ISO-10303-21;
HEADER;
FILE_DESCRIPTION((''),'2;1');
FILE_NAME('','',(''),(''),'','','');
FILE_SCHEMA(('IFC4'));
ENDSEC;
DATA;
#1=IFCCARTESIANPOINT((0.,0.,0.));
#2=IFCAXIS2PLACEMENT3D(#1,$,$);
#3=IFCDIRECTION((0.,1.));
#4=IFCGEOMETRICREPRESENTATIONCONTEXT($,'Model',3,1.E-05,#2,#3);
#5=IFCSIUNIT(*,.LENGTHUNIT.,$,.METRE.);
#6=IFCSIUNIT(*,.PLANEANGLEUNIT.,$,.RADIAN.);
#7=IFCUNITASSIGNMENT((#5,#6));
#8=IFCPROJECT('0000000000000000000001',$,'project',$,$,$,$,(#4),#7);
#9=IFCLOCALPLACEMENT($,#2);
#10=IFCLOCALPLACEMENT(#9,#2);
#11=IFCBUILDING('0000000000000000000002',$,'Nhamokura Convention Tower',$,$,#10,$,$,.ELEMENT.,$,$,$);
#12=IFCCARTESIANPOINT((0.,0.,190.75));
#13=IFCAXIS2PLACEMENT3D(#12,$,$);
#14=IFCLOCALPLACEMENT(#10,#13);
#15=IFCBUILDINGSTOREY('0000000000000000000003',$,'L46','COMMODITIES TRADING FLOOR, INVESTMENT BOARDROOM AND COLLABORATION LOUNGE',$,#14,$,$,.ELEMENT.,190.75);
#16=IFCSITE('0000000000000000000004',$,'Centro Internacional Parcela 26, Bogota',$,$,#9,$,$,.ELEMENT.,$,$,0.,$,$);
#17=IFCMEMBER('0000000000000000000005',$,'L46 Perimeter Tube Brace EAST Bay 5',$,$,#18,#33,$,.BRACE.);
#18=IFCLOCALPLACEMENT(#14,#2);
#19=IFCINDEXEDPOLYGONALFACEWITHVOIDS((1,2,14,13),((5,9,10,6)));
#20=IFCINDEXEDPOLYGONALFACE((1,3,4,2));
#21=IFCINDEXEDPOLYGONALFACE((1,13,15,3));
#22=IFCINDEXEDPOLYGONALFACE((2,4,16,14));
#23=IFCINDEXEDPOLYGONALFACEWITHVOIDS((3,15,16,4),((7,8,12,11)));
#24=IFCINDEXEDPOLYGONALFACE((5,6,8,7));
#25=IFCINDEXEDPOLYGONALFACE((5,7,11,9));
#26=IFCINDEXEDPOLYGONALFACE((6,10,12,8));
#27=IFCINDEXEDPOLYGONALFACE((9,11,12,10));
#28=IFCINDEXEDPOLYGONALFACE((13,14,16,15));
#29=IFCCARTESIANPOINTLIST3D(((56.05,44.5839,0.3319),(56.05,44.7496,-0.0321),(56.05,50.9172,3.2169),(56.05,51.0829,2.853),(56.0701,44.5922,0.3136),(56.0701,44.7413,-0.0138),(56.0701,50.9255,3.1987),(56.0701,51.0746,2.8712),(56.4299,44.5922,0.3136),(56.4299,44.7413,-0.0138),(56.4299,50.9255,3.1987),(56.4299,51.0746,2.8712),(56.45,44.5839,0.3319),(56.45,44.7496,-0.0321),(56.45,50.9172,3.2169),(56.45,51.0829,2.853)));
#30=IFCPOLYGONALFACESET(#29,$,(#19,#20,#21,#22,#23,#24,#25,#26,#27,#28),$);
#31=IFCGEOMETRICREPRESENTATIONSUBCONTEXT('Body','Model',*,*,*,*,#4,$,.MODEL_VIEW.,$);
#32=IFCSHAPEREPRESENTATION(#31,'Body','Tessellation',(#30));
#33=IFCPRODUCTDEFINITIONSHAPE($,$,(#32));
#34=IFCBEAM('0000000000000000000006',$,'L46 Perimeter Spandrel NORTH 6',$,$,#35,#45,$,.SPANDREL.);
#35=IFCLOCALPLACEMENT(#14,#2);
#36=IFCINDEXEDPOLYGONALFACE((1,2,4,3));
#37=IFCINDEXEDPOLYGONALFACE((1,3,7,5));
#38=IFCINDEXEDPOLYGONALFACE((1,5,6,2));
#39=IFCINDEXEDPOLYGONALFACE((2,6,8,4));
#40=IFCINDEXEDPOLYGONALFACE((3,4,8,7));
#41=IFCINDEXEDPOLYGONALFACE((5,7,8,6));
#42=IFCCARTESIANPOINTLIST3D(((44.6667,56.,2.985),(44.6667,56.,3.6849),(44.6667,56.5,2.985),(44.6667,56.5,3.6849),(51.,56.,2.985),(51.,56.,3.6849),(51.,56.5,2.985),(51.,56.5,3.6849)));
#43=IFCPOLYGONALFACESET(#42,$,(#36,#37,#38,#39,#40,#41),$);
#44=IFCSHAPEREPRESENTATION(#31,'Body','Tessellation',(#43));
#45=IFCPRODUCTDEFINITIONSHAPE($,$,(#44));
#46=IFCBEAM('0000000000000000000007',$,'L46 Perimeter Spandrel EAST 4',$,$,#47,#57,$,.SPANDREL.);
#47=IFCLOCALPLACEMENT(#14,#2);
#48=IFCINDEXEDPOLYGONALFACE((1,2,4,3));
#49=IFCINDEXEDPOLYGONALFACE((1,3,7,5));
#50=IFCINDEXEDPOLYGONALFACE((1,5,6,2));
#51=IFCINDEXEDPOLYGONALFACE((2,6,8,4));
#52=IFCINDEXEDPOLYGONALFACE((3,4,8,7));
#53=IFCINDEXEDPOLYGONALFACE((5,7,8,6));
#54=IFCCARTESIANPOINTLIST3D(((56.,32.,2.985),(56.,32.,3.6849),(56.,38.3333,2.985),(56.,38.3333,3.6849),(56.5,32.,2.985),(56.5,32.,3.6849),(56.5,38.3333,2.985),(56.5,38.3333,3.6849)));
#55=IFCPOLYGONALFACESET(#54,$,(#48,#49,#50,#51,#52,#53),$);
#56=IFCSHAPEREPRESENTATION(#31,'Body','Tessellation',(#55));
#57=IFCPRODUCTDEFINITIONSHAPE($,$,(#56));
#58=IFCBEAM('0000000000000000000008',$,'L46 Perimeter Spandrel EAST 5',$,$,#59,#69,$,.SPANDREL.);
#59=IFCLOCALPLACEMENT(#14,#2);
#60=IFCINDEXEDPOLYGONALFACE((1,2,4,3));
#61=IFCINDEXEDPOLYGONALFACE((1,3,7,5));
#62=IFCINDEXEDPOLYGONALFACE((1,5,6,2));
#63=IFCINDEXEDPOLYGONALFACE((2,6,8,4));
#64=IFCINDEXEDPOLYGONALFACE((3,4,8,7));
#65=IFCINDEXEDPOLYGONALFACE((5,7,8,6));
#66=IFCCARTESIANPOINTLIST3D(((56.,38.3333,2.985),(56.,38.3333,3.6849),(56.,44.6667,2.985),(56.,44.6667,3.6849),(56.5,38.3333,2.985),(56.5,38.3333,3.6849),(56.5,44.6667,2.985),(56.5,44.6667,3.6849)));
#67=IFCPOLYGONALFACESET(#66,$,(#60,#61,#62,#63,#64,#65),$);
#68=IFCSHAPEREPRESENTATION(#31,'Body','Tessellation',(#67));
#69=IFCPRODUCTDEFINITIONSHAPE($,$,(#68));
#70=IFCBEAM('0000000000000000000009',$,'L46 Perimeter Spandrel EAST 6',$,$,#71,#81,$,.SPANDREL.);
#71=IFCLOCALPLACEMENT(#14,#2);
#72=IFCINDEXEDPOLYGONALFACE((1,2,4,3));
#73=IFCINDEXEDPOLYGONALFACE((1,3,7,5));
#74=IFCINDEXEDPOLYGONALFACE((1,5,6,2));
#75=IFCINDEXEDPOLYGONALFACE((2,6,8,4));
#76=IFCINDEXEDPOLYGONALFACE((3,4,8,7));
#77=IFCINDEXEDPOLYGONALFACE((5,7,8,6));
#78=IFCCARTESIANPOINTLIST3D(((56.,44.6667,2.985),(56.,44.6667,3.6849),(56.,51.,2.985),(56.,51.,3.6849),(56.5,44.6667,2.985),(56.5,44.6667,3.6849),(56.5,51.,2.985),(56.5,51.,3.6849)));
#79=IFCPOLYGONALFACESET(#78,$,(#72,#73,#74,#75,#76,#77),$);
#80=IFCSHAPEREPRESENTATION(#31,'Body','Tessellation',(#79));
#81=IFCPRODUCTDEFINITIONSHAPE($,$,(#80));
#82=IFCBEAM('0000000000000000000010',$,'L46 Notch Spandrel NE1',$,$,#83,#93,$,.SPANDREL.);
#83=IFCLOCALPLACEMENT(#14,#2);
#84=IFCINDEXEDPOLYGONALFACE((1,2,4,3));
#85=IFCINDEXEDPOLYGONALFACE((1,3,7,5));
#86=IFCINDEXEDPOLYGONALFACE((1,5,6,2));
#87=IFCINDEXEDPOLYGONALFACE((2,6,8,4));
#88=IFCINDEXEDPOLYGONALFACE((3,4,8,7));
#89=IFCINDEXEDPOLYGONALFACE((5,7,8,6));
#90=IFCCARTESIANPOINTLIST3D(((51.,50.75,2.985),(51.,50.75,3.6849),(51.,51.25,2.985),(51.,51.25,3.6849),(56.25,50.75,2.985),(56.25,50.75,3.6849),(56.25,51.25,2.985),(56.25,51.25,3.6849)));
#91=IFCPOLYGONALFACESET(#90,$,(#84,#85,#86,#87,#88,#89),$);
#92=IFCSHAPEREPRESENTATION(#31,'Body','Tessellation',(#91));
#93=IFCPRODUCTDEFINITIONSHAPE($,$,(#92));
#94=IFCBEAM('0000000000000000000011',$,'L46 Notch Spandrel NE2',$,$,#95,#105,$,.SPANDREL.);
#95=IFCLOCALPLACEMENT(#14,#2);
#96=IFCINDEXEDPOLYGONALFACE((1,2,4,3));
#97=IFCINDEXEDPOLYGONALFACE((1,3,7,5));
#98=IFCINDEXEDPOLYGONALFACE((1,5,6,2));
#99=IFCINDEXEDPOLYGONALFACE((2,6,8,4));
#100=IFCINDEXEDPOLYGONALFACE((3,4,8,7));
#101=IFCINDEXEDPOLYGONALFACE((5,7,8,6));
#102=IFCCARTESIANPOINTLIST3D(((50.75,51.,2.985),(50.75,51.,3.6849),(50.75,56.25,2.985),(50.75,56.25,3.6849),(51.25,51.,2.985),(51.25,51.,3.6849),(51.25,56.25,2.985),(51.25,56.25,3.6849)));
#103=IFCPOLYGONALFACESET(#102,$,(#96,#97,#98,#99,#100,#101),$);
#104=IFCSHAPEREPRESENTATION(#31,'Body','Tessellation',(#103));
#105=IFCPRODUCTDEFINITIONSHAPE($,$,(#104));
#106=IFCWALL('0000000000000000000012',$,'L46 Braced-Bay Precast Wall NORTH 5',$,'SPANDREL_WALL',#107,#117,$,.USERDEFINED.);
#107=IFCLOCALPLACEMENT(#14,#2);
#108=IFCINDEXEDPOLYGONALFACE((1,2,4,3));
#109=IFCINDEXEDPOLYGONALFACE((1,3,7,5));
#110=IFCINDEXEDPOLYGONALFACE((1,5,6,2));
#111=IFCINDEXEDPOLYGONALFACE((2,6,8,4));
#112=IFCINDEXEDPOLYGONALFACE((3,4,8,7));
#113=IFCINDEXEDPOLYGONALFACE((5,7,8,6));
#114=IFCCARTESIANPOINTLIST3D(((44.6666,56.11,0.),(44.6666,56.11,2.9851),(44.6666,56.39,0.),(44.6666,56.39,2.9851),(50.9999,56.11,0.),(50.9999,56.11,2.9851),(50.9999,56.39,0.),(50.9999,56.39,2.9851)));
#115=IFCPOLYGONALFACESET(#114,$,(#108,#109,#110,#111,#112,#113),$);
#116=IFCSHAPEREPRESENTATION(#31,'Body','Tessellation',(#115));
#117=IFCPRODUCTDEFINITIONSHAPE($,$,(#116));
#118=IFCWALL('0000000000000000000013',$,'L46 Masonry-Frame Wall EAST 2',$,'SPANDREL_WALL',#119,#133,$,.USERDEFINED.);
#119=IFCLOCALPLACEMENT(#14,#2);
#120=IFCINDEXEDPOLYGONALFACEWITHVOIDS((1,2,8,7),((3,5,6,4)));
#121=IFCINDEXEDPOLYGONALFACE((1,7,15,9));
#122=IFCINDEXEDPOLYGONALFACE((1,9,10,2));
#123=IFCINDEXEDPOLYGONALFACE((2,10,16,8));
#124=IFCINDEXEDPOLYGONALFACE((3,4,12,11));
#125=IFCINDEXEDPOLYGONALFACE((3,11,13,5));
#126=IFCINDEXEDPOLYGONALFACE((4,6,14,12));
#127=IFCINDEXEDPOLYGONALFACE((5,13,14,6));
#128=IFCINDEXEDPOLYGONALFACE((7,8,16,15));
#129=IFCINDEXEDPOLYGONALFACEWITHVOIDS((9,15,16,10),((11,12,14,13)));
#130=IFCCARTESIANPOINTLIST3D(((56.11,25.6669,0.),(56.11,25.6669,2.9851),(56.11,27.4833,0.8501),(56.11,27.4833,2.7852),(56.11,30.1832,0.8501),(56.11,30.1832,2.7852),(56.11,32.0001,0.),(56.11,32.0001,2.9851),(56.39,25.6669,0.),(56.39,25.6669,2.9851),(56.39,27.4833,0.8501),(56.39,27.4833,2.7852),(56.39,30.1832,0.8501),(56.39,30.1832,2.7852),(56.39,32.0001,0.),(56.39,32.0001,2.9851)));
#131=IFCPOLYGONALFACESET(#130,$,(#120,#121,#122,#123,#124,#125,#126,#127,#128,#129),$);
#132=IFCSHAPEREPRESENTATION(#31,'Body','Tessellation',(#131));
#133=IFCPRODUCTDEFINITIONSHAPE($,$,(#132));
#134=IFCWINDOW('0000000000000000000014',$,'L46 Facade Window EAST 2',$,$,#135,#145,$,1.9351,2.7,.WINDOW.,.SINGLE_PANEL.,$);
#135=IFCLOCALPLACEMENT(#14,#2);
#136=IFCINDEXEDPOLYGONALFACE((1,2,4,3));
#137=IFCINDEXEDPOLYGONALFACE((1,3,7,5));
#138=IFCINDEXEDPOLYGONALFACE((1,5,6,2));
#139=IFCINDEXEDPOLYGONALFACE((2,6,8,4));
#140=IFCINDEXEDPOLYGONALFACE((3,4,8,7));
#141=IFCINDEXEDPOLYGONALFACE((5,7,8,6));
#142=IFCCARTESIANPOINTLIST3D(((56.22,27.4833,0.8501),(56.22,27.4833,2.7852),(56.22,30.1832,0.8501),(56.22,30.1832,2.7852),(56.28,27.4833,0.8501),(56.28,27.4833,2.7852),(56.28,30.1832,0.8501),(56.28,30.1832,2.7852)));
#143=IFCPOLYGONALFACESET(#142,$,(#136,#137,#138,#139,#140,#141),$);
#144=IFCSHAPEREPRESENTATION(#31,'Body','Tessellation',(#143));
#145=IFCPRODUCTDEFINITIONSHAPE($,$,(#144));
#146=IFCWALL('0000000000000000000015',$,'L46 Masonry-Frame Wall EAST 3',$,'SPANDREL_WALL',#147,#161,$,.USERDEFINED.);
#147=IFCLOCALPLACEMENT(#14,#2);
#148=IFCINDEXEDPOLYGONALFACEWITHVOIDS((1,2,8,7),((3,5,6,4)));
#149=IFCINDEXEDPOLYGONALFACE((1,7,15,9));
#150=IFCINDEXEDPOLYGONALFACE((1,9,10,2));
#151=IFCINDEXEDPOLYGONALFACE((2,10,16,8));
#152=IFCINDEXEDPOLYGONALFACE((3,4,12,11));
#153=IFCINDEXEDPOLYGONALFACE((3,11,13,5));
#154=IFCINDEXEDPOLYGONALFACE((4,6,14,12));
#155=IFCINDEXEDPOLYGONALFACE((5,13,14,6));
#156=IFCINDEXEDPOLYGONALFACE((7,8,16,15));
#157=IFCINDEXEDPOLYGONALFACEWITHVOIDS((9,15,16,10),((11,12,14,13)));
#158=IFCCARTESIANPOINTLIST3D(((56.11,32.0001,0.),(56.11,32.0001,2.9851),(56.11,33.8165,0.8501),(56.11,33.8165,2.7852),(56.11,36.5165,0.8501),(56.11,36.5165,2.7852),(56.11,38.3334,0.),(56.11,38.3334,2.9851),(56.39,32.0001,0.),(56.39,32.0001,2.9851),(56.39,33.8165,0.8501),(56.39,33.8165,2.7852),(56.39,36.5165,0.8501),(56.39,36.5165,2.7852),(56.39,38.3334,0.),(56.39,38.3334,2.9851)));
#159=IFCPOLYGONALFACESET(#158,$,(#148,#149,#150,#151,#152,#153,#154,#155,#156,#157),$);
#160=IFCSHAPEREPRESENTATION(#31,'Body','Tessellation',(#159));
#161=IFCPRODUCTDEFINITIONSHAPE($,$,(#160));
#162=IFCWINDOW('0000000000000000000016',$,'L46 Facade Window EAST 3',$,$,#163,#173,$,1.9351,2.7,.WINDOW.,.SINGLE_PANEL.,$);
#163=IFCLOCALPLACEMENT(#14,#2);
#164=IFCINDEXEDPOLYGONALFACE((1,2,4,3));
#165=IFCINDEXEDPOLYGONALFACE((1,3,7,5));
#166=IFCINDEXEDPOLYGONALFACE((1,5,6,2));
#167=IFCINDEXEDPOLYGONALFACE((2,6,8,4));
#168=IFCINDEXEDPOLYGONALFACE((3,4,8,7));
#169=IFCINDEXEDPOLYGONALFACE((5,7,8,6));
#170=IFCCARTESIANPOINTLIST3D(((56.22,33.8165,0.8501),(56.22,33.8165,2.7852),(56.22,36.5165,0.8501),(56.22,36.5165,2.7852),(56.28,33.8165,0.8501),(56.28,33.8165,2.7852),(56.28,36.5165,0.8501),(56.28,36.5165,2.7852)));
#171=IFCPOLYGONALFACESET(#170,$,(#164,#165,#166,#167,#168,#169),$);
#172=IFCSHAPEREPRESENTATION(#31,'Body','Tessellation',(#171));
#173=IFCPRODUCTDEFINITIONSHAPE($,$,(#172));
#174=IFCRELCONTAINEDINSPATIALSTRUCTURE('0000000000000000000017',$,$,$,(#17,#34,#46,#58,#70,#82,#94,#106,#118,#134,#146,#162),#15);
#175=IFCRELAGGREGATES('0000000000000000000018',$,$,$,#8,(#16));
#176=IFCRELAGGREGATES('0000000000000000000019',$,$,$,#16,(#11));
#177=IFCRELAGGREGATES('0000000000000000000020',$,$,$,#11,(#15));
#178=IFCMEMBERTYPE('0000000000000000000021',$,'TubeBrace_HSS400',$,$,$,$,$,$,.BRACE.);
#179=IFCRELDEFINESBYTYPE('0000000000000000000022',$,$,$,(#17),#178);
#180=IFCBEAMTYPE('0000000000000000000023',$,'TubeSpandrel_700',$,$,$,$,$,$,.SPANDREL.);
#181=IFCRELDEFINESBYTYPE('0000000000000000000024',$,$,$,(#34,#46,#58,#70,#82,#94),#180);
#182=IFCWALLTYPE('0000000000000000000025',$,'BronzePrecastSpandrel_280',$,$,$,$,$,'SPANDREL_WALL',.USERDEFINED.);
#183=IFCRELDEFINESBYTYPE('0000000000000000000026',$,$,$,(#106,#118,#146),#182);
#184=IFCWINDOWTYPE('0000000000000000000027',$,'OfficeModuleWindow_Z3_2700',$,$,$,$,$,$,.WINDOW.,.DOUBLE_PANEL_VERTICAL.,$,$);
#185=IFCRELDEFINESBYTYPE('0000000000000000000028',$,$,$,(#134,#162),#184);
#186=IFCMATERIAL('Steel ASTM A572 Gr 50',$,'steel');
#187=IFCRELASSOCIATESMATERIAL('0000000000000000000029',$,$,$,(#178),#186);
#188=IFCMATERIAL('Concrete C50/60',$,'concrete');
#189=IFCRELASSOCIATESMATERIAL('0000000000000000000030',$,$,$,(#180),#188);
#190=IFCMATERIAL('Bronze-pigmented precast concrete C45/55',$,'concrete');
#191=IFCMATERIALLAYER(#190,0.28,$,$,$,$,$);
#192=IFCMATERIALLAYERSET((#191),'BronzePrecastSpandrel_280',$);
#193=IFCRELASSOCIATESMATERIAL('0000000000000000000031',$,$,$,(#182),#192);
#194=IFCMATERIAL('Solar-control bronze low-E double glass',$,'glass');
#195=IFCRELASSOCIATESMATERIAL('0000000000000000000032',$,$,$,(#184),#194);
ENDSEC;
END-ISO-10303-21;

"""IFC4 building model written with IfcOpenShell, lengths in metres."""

from ifc_helpers import new_model, si_unit, direction, frame, frame_2d, origin, origin_2d, place, context, subcontext, project, spatial, rectangle, hollow_rectangle, extrude, material, layer, layer_set, material_profile, profile_set, type_object, element, fill, save


model = new_model("IFC4")

# Units and contexts
model_context = context("Model", 3, precision=1e-05, world=origin(), true_north=direction((0.0, 1.0)))
body_context = subcontext(model_context, "Body", "Model", "MODEL_VIEW")
ifc_project = project(units=[si_unit("LENGTHUNIT", "METRE"), si_unit("PLANEANGLEUNIT", "RADIAN")], contexts=[model_context])

# Site, building, storey
site_placement = place(None, origin())
site = spatial("IfcSite", under=ifc_project, at=site_placement, Name="Centro Internacional Parcela 26, Bogota", CompositionType="ELEMENT", RefElevation=0.0)
building_placement = place(site_placement, origin())
building = spatial("IfcBuilding", under=site, at=building_placement, Name="Nhamokura Convention Tower", CompositionType="ELEMENT")
storey_placement = place(building_placement, frame((0.0, 0.0, 190.75)))
storey = spatial("IfcBuildingStorey", under=building, at=storey_placement, Name="L46", Description="COMMODITIES TRADING FLOOR, INVESTMENT BOARDROOM AND COLLABORATION LOUNGE", CompositionType="ELEMENT", Elevation=190.75)

# Member
ifc_material_1 = material(Name="Steel ASTM A572 Gr 50", Category="steel")
ifc_material_profile_1 = material_profile(ifc_material_1, hollow_rectangle(XDim=0.3999, YDim=0.3999, WallThickness=0.02, at=origin_2d()))
ifc_profile_set_1 = profile_set([ifc_material_profile_1], Name="Steel ASTM A572 Gr 50")
member_type_1 = type_object("IfcMemberType", Name="TubeBrace_HSS400", PredefinedType="BRACE", material=ifc_profile_set_1)
for number, where, z_axis, x_axis, name in (
    (1, (56.25, 44.6667, 0.1499), (0.0, 0.910027, 0.414548), (-1.0, 0.0, 0.0), "L46 Perimeter Tube Brace EAST Bay 5"),
):
    element("IfcMember", number, at=place(storey_placement, frame(where, z_axis=z_axis, x_axis=x_axis)), inside=storey, type_object=member_type_1, Name=name, PredefinedType="BRACE", context=body_context, shape_type="SweptSolid", body=[
        extrude(hollow_rectangle(XDim=0.3999, YDim=0.3999, WallThickness=0.02, at=origin_2d()), origin(), (0.0, 0.0, 1.0), 6.9595),
    ])

# Beams
ifc_material_2 = material(Name="Concrete C50/60", Category="concrete")
ifc_material_profile_2 = material_profile(ifc_material_2, rectangle(XDim=0.5, YDim=0.7, at=origin_2d()))
ifc_profile_set_2 = profile_set([ifc_material_profile_2], Name="Concrete C50/60")
beam_type_1 = type_object("IfcBeamType", Name="TubeSpandrel_700", PredefinedType="SPANDREL", material=ifc_profile_set_2)
for number, where, z_axis, x_axis, name in (
    (2, (44.6667, 56.25, 3.335), (1.0, 0.0, 0.0), (0.0, 1.0, 0.0), "L46 Perimeter Spandrel NORTH 6"),
    (3, (56.25, 32.0, 3.335), (0.0, 1.0, 0.0), (-1.0, 0.0, 0.0), "L46 Perimeter Spandrel EAST 4"),
):
    element("IfcBeam", number, at=place(storey_placement, frame(where, z_axis=z_axis, x_axis=x_axis)), inside=storey, type_object=beam_type_1, Name=name, PredefinedType="SPANDREL", context=body_context, shape_type="SweptSolid", body=[
        extrude(rectangle(XDim=0.5, YDim=0.7, at=origin_2d()), origin(), (0.0, 0.0, 1.0), 6.3333),
    ])
beam_1_placement = place(storey_placement, frame((56.25, 38.3333, 3.335), z_axis=(0.0, 1.0, 0.0), x_axis=(-1.0, 0.0, 0.0)))
element("IfcBeam", 4, at=beam_1_placement, inside=storey, type_object=beam_type_1, Name="L46 Perimeter Spandrel EAST 5", PredefinedType="SPANDREL", context=body_context, shape_type="SweptSolid", body=[
    extrude(rectangle(XDim=0.5, YDim=0.7, at=origin_2d()), origin(), (0.0, 0.0, 1.0), 6.3335),
])
beam_2_placement = place(storey_placement, frame((56.25, 44.6667, 3.335), z_axis=(0.0, 1.0, 0.0), x_axis=(-1.0, 0.0, 0.0)))
element("IfcBeam", 5, at=beam_2_placement, inside=storey, type_object=beam_type_1, Name="L46 Perimeter Spandrel EAST 6", PredefinedType="SPANDREL", context=body_context, shape_type="SweptSolid", body=[
    extrude(rectangle(XDim=0.5, YDim=0.7, at=origin_2d()), origin(), (0.0, 0.0, 1.0), 6.3333),
])
for number, where, z_axis, x_axis, name in (
    (6, (56.25, 51.0, 3.335), (-1.0, 0.0, 0.0), (0.0, -1.0, 0.0), "L46 Notch Spandrel NE1"),
    (7, (51.0, 51.0, 3.335), (0.0, 1.0, 0.0), (-1.0, 0.0, 0.0), "L46 Notch Spandrel NE2"),
):
    element("IfcBeam", number, at=place(storey_placement, frame(where, z_axis=z_axis, x_axis=x_axis)), inside=storey, type_object=beam_type_1, Name=name, PredefinedType="SPANDREL", context=body_context, shape_type="SweptSolid", body=[
        extrude(rectangle(XDim=0.5, YDim=0.7, at=origin_2d()), origin(), (0.0, 0.0, 1.0), 5.25),
    ])

# Wall
ifc_material_3 = material(Name="Bronze-pigmented precast concrete C45/55", Category="concrete")
ifc_layer_1 = layer(ifc_material_3, 0.28)
ifc_layer_set_1 = layer_set([ifc_layer_1], Name="BronzePrecastSpandrel_280")
wall_type_1 = type_object("IfcWallType", Name="BronzePrecastSpandrel_280", ElementType="SPANDREL_WALL", PredefinedType="USERDEFINED", material=ifc_layer_set_1)
wall_1_placement = place(storey_placement, frame((44.6667, 56.25, 0.0), z_axis=(0.0, 0.0, 1.0), x_axis=(1.0, 0.0, 0.0)))
element("IfcWall", 8, at=wall_1_placement, inside=storey, type_object=wall_type_1, Name="L46 Braced-Bay Precast Wall NORTH 5", ObjectType="SPANDREL_WALL", PredefinedType="USERDEFINED", context=body_context, shape_type="SweptSolid", body=[
    extrude(rectangle(XDim=6.3333, YDim=0.28, at=frame_2d((3.1665, 0.0))), origin(), (0.0, 0.0, 1.0), 2.9851),
])

# Walls, openings, windows
wall_2_placement = place(storey_placement, frame((56.25, 32.0, 0.0), z_axis=(0.0, 0.0, 1.0), x_axis=(0.0, -1.0, 0.0)))
wall_2 = element("IfcWall", 9, at=wall_2_placement, inside=storey, type_object=wall_type_1, Name="L46 Masonry-Frame Wall EAST 2", ObjectType="SPANDREL_WALL", PredefinedType="USERDEFINED", context=body_context, shape_type="SweptSolid", body=[
    extrude(rectangle(XDim=6.3333, YDim=0.28, at=frame_2d((3.1665, 0.0))), origin(), (0.0, 0.0, 1.0), 2.9851),
])
opening_1_placement = place(wall_2_placement, frame((1.8167, 0.0, 0.8501)))
opening_1 = element("IfcOpeningElement", 10, at=opening_1_placement, cuts=wall_2, PredefinedType="OPENING", context=body_context, shape_type="SweptSolid", body=[
    extrude(rectangle(XDim=2.7, YDim=1.9351, at=frame_2d((1.3501, 0.9675))), frame((0.0, 0.1499, 0.0), z_axis=(0.0, -1.0, 0.0), x_axis=(1.0, 0.0, 0.0)), (0.0, 0.0, 1.0), 0.3),
])
ifc_material_4 = material(Name="Solar-control bronze low-E double glass", Category="glass")
window_type_1 = type_object("IfcWindowType", Name="OfficeModuleWindow_Z3_2700", PartitioningType="DOUBLE_PANEL_VERTICAL", PredefinedType="WINDOW", material=ifc_material_4)
window_1_placement = place(opening_1_placement, origin())
window_1 = element("IfcWindow", 11, at=window_1_placement, inside=storey, type_object=window_type_1, Name="L46 Facade Window EAST 2", OverallHeight=1.9351, OverallWidth=2.7, PartitioningType="SINGLE_PANEL", PredefinedType="WINDOW", context=body_context, shape_type="SweptSolid", body=[
    extrude(rectangle(XDim=2.7, YDim=1.9351, at=frame_2d((1.3501, 0.9675))), frame((0.0, 0.03, 0.0), z_axis=(0.0, -1.0, 0.0), x_axis=(1.0, 0.0, 0.0)), (0.0, 0.0, 1.0), 0.0601),
])
fill(opening_1, window_1)
wall_3_placement = place(storey_placement, frame((56.25, 38.3333, 0.0), z_axis=(0.0, 0.0, 1.0), x_axis=(0.0, -1.0, 0.0)))
wall_3 = element("IfcWall", 12, at=wall_3_placement, inside=storey, type_object=wall_type_1, Name="L46 Masonry-Frame Wall EAST 3", ObjectType="SPANDREL_WALL", PredefinedType="USERDEFINED", context=body_context, shape_type="SweptSolid", body=[
    extrude(rectangle(XDim=6.3333, YDim=0.28, at=frame_2d((3.1665, 0.0))), origin(), (0.0, 0.0, 1.0), 2.9851),
])
opening_2_placement = place(wall_3_placement, frame((1.8167, 0.0, 0.8501)))
opening_2 = element("IfcOpeningElement", 13, at=opening_2_placement, cuts=wall_3, PredefinedType="OPENING", context=body_context, shape_type="SweptSolid", body=[
    extrude(rectangle(XDim=2.7, YDim=1.9351, at=frame_2d((1.3501, 0.9675))), frame((0.0, 0.1499, 0.0), z_axis=(0.0, -1.0, 0.0), x_axis=(1.0, 0.0, 0.0)), (0.0, 0.0, 1.0), 0.3),
])
window_2_placement = place(opening_2_placement, origin())
window_2 = element("IfcWindow", 14, at=window_2_placement, inside=storey, type_object=window_type_1, Name="L46 Facade Window EAST 3", OverallHeight=1.9351, OverallWidth=2.7, PartitioningType="SINGLE_PANEL", PredefinedType="WINDOW", context=body_context, shape_type="SweptSolid", body=[
    extrude(rectangle(XDim=2.7, YDim=1.9351, at=frame_2d((1.3501, 0.9675))), frame((0.0, 0.03, 0.0), z_axis=(0.0, -1.0, 0.0), x_axis=(1.0, 0.0, 0.0)), (0.0, 0.0, 1.0), 0.0601),
])
fill(opening_2, window_2)

save(model, "model.ifc")
